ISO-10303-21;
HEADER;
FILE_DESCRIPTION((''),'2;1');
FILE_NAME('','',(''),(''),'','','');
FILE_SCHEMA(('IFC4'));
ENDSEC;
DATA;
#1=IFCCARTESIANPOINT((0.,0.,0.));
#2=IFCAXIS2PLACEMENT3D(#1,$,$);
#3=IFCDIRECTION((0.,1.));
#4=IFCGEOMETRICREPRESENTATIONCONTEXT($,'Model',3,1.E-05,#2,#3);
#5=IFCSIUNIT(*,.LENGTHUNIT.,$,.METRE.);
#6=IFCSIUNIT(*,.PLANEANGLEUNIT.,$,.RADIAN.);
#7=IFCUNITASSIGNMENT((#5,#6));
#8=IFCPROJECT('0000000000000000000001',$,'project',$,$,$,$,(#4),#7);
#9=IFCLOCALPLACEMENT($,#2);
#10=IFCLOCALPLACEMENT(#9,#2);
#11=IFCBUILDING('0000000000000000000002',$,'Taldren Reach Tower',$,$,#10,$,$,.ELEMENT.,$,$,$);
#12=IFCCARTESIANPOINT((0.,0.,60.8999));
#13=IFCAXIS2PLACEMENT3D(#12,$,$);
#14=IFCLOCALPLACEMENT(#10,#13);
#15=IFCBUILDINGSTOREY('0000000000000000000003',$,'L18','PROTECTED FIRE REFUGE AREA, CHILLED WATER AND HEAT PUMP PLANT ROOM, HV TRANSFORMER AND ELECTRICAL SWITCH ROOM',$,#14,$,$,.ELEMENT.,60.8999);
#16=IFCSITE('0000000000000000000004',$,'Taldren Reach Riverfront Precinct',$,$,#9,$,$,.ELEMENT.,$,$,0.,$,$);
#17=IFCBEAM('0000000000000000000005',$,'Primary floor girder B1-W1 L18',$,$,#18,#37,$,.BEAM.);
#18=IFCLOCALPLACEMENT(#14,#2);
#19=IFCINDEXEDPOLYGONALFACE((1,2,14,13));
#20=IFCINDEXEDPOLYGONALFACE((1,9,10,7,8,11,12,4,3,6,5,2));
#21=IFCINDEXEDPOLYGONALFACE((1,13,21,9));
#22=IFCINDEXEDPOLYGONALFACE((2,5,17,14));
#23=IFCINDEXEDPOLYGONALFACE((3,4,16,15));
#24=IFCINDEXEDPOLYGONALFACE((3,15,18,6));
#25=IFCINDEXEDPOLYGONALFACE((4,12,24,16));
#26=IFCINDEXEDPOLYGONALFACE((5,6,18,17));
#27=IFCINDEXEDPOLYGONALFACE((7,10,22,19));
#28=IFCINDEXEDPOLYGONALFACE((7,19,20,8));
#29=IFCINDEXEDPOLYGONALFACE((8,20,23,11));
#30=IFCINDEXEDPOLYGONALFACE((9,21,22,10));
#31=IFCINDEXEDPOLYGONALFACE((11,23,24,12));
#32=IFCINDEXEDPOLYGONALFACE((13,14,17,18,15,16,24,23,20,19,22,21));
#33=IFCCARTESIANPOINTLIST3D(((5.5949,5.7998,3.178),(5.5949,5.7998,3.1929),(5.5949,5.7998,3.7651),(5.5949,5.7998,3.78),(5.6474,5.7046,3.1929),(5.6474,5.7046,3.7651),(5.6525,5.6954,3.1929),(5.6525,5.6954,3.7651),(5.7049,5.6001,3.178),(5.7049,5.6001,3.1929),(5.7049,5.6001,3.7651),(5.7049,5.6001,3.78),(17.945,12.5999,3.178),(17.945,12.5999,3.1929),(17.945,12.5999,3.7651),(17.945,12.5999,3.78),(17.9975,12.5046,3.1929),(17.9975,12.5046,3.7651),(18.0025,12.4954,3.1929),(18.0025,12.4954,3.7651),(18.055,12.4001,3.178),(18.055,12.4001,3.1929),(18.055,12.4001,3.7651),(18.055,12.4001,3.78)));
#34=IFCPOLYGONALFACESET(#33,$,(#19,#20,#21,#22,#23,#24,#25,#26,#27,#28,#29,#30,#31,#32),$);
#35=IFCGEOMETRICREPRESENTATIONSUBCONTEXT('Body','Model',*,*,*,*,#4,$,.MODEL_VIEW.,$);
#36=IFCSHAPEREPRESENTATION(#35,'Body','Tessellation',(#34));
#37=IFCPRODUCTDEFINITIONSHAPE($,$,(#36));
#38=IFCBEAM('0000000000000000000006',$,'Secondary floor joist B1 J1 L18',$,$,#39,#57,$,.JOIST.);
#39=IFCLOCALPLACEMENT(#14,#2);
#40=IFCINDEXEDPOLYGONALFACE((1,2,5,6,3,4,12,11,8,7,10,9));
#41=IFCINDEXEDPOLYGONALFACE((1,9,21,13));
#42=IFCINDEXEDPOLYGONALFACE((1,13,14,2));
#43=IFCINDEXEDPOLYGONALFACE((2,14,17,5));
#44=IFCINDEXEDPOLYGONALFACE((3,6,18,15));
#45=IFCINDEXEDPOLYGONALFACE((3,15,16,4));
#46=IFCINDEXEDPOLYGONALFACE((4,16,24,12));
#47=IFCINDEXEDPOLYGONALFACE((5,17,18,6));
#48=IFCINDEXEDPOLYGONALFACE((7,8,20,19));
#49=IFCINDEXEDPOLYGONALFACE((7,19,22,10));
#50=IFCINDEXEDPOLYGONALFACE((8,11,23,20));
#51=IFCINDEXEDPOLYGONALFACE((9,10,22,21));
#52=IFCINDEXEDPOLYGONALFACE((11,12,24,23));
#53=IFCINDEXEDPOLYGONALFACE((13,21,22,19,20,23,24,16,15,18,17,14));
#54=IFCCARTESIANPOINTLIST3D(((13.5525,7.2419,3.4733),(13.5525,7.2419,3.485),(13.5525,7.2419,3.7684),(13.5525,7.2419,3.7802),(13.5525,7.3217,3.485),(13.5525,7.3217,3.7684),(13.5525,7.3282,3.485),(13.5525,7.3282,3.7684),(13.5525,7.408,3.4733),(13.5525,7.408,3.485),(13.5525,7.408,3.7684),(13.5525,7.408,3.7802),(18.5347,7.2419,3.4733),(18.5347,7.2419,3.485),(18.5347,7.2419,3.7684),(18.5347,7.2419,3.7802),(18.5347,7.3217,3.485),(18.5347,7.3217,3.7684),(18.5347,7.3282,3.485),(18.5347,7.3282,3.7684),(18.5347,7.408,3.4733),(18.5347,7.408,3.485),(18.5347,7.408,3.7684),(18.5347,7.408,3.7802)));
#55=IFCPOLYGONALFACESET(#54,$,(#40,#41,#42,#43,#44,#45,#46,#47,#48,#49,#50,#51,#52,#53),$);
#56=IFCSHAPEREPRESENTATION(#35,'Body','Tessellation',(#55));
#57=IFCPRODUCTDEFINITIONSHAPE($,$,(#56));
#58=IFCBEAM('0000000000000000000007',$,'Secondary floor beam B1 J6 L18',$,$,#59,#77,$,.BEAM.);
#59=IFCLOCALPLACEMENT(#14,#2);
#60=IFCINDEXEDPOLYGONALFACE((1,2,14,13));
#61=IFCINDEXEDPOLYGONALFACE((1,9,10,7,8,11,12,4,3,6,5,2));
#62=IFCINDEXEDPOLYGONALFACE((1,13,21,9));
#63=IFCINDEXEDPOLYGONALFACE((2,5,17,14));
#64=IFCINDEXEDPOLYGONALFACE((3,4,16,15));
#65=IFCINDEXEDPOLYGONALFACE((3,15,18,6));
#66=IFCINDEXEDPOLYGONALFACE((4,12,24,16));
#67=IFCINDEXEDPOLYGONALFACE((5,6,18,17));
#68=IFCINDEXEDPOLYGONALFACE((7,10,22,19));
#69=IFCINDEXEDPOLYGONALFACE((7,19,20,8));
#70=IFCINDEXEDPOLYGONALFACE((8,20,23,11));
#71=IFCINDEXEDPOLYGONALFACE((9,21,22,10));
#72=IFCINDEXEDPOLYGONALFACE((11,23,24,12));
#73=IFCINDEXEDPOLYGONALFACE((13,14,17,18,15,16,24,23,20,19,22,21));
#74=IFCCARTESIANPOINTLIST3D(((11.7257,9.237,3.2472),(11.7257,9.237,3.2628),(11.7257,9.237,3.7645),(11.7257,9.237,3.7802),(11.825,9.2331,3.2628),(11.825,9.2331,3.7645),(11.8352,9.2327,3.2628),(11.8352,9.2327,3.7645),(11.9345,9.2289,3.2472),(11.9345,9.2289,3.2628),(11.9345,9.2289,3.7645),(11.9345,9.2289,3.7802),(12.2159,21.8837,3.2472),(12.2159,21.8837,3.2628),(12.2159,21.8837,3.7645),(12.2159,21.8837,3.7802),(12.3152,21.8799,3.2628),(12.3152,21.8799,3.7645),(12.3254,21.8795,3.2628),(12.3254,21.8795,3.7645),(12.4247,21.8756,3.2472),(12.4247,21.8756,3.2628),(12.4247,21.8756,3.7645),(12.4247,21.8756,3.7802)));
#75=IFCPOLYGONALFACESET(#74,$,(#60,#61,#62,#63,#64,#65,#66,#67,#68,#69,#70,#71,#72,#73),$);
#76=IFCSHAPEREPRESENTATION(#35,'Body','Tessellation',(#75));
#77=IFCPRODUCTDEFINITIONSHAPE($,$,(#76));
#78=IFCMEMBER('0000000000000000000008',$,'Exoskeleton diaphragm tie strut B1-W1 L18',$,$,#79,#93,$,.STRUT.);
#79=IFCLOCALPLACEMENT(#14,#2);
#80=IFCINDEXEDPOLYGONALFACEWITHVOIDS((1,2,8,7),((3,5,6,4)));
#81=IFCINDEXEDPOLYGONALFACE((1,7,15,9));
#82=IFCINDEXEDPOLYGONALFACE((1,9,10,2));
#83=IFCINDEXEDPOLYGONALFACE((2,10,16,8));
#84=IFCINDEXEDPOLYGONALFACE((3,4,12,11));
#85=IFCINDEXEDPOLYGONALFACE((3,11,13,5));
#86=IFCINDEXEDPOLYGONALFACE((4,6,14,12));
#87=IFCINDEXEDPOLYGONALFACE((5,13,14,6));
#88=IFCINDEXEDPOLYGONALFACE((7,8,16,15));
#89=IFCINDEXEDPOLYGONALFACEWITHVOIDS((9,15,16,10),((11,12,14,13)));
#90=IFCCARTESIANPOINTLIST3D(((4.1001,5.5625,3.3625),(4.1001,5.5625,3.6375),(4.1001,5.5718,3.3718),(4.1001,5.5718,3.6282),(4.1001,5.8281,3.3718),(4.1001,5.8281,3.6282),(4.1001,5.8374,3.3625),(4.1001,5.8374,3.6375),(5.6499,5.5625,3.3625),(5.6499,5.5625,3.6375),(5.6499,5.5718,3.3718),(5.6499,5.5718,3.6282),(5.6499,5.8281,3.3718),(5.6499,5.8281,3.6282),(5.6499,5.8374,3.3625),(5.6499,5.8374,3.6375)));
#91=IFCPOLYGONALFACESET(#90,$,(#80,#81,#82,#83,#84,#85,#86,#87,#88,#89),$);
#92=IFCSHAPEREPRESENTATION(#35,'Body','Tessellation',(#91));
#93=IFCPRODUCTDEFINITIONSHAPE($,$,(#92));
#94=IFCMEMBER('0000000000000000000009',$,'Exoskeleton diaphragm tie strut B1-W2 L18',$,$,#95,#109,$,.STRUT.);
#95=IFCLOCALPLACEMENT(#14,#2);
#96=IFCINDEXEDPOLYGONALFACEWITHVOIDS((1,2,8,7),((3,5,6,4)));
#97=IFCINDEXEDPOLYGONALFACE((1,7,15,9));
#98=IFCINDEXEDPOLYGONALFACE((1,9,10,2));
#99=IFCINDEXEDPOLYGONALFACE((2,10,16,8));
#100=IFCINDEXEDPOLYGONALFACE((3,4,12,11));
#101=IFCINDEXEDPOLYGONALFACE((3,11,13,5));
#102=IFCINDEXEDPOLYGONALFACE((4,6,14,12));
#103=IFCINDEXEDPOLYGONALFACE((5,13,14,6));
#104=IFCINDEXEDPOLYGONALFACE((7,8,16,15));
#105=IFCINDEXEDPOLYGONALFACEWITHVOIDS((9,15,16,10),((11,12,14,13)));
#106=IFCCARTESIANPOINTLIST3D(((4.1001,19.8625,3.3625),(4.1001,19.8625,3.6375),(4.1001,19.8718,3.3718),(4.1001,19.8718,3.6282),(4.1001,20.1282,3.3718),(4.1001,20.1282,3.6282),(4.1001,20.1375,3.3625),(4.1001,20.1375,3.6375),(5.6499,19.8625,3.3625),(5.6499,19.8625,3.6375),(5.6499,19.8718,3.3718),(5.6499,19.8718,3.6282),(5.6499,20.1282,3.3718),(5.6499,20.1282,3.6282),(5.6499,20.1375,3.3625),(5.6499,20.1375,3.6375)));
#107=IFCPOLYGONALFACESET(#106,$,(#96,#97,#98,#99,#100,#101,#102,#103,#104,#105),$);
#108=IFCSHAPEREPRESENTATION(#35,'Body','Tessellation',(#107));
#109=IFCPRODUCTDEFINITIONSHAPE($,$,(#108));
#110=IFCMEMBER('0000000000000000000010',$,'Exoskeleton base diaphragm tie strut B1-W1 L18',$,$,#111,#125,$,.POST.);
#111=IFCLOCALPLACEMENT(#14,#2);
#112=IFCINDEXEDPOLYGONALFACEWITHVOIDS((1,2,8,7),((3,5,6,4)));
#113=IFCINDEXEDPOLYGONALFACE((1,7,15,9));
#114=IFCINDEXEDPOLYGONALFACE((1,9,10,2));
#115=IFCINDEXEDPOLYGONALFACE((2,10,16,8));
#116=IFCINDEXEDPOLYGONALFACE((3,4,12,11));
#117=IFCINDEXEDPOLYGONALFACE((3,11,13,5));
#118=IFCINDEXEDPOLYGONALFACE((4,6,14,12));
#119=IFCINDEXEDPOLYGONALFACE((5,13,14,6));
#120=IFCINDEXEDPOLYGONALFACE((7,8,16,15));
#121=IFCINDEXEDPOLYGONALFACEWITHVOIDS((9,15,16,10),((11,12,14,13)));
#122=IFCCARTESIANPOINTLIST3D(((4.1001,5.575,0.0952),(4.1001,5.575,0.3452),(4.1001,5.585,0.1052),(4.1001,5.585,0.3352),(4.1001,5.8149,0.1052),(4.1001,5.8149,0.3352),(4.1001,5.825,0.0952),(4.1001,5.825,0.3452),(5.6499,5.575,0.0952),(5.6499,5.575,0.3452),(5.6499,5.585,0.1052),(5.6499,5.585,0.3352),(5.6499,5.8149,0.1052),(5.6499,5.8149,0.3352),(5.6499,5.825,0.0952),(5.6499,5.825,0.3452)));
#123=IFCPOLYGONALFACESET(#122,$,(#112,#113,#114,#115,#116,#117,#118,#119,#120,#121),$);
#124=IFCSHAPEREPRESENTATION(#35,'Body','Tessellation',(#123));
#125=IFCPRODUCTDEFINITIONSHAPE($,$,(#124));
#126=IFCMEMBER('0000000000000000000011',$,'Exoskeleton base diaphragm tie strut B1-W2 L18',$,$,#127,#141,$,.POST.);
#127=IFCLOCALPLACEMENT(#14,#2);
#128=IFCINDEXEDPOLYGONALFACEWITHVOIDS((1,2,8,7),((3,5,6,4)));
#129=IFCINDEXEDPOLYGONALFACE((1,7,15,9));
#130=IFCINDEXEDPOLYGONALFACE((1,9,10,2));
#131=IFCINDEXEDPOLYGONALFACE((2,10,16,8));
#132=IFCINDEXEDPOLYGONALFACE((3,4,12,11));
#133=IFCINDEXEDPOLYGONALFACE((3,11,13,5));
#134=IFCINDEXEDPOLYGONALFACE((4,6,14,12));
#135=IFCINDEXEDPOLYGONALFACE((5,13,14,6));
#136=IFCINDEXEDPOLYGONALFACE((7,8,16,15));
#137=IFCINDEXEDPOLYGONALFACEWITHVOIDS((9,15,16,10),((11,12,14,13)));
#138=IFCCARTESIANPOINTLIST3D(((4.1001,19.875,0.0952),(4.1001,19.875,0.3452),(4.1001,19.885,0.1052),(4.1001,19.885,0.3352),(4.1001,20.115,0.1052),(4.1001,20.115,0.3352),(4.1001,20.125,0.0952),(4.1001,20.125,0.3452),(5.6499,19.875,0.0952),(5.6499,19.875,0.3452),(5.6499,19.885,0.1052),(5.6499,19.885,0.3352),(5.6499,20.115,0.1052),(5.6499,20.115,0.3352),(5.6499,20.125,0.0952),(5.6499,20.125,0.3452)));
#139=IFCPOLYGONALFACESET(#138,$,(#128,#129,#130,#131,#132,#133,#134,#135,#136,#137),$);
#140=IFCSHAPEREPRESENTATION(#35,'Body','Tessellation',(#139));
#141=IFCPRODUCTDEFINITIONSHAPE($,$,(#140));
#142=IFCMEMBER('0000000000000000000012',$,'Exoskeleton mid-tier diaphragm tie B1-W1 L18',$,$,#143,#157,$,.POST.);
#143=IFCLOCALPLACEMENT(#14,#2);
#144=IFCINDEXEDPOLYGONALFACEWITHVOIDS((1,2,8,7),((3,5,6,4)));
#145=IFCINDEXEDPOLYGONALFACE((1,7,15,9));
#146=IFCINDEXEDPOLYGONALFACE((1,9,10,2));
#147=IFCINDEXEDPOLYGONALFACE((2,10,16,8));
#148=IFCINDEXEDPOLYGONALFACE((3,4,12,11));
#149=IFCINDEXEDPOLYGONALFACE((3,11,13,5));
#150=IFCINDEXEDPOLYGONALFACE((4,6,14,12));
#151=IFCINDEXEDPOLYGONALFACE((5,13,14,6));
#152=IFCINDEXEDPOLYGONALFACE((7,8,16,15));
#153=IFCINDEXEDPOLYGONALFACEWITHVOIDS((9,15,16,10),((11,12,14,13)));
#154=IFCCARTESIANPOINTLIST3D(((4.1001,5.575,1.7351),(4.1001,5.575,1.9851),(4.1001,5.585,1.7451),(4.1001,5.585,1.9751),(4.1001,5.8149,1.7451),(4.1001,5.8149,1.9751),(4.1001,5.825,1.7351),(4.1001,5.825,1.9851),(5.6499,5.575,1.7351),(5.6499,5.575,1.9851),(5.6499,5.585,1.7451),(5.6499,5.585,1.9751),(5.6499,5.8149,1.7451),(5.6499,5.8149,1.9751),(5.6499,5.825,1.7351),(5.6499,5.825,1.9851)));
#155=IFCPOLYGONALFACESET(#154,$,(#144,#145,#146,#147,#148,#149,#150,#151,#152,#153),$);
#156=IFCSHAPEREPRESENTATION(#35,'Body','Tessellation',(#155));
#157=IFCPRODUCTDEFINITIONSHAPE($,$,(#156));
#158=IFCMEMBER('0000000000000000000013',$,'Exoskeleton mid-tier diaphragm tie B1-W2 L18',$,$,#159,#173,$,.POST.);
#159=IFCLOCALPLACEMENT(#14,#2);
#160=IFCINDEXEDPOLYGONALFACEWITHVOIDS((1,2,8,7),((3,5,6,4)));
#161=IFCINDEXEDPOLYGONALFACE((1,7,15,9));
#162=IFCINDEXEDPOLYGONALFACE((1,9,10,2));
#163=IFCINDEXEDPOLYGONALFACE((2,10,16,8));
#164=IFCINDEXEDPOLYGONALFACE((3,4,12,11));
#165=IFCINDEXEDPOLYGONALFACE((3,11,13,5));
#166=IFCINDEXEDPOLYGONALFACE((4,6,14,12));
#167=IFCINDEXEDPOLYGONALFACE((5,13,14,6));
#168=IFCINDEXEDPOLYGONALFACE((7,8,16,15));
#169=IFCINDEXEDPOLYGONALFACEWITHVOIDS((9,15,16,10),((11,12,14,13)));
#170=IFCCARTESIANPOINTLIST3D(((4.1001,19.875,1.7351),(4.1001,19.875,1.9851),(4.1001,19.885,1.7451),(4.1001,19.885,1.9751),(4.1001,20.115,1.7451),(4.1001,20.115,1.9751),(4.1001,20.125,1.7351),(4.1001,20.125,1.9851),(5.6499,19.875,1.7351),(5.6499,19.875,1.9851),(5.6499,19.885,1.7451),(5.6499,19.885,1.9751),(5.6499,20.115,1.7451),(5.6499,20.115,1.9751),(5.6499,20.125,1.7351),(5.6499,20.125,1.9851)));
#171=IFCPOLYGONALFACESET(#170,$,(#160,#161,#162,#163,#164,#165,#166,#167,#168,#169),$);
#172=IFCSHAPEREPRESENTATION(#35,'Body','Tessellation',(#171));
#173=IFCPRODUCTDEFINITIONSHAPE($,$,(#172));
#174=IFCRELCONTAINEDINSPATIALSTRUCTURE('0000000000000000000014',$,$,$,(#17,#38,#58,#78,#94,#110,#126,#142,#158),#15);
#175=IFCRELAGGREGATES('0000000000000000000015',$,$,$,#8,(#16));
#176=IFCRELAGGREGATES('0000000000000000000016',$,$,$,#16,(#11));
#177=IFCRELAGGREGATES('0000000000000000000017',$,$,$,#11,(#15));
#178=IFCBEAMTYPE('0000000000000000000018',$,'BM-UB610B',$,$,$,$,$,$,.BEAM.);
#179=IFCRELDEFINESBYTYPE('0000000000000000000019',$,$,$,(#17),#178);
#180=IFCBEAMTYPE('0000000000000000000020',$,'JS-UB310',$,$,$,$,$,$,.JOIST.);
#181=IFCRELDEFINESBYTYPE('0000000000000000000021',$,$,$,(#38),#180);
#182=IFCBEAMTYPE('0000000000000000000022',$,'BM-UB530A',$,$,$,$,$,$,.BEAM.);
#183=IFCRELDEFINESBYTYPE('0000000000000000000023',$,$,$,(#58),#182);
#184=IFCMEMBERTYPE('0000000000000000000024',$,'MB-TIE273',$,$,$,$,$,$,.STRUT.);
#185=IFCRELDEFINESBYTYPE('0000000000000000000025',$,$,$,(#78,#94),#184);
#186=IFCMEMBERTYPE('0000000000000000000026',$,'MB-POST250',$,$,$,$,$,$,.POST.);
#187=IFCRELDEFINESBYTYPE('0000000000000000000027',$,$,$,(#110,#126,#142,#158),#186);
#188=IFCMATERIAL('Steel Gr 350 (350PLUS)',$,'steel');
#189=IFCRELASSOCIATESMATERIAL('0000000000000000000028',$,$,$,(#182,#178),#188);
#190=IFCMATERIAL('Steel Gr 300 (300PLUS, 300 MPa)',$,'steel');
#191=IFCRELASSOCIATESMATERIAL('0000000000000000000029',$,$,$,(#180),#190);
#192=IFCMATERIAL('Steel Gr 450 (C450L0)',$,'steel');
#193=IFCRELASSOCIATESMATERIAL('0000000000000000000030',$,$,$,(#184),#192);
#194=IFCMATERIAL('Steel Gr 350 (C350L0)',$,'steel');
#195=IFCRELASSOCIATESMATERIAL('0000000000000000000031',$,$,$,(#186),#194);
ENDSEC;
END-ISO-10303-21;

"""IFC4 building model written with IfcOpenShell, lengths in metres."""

from ifc_helpers import new_model, si_unit, direction, frame, origin, origin_2d, place, context, subcontext, project, spatial, hollow_rectangle, i_section, extrude, source, transform, mapped, material, material_profile, profile_set, type_object, element, save


model = new_model("IFC4")

# Units and contexts
model_context = context("Model", 3, precision=1e-05, world=origin(), true_north=direction((0.0, 1.0)))
body_context = subcontext(model_context, "Body", "Model", "MODEL_VIEW")
ifc_project = project(units=[si_unit("LENGTHUNIT", "METRE"), si_unit("PLANEANGLEUNIT", "RADIAN")], contexts=[model_context])

# Site, building, storey
site_placement = place(None, origin())
site = spatial("IfcSite", under=ifc_project, at=site_placement, Name="Taldren Reach Riverfront Precinct", CompositionType="ELEMENT", RefElevation=0.0)
building_placement = place(site_placement, origin())
building = spatial("IfcBuilding", under=site, at=building_placement, Name="Taldren Reach Tower", CompositionType="ELEMENT")
storey_placement = place(building_placement, frame((0.0, 0.0, 60.8999)))
storey = spatial("IfcBuildingStorey", under=building, at=storey_placement, Name="L18", Description="PROTECTED FIRE REFUGE AREA, CHILLED WATER AND HEAT PUMP PLANT ROOM, HV TRANSFORMER AND ELECTRICAL SWITCH ROOM", CompositionType="ELEMENT", Elevation=60.8999)

# Shared definitions
ifc_material_1 = material(Name="Steel Gr 350 (350PLUS)", Category="steel")

# Beams
ifc_material_profile_1 = material_profile(ifc_material_1, i_section(OverallWidth=0.209, OverallDepth=0.533, WebThickness=0.0103, FlangeThickness=0.0156, at=origin_2d()), Name="530UB92.4")
ifc_profile_set_1 = profile_set([ifc_material_profile_1], Name="Steel Gr 350 (350PLUS)")
beam_type_1 = type_object("IfcBeamType", Name="BM-UB530A", PredefinedType="BEAM", material=ifc_profile_set_1)
ifc_material_profile_2 = material_profile(ifc_material_1, i_section(OverallWidth=0.228, OverallDepth=0.6021, WebThickness=0.0105, FlangeThickness=0.0149, at=origin_2d()), Name="610UB101")
ifc_profile_set_2 = profile_set([ifc_material_profile_2], Name="Steel Gr 350 (350PLUS)")
beam_type_2 = type_object("IfcBeamType", Name="BM-UB610B", PredefinedType="BEAM", material=ifc_profile_set_2)
shared_shape_1 = source(origin(), body_context, "Body", "SweptSolid", [
    extrude(i_section(OverallWidth=0.228, OverallDepth=0.6021, WebThickness=0.0105, FlangeThickness=0.0149, at=origin_2d()), origin(), (0.0, 0.0, 1.0), 14.0984),
])
beam_1_placement = place(storey_placement, frame((18.0, 12.5, 3.479), z_axis=(-0.875991, -0.482327, 0.0), x_axis=(0.482327, -0.875991, 0.0)))
element("IfcBeam", 1, at=beam_1_placement, inside=storey, type_object=beam_type_2, Name="Primary floor girder B1-W1 L18", PredefinedType="BEAM", context=body_context, shape_type="MappedRepresentation", body=[
    mapped(shared_shape_1, transform((0.0, 0.0, 0.0), scale=1.0)),
])
ifc_material_2 = material(Name="Steel Gr 300 (300PLUS, 300 MPa)", Category="steel")
ifc_material_profile_3 = material_profile(ifc_material_2, i_section(OverallWidth=0.166, OverallDepth=0.3069, WebThickness=0.0066, FlangeThickness=0.0117, at=origin_2d()), Name="310UB46.2")
ifc_profile_set_3 = profile_set([ifc_material_profile_3], Name="Steel Gr 300 (300PLUS, 300 MPa)")
beam_type_3 = type_object("IfcBeamType", Name="JS-UB310", PredefinedType="JOIST", material=ifc_profile_set_3)
shared_shape_2 = source(origin(), body_context, "Body", "SweptSolid", [
    extrude(i_section(OverallWidth=0.166, OverallDepth=0.3069, WebThickness=0.0066, FlangeThickness=0.0117, at=origin_2d()), origin(), (0.0, 0.0, 1.0), 4.9822),
])
beam_2_placement = place(storey_placement, frame((13.5525, 7.325, 3.6267), z_axis=(1.0, 0.0, 0.0), x_axis=(0.0, 1.0, 0.0)))
element("IfcBeam", 2, at=beam_2_placement, inside=storey, type_object=beam_type_3, Name="Secondary floor joist B1 J1 L18", PredefinedType="JOIST", context=body_context, shape_type="MappedRepresentation", body=[
    mapped(shared_shape_2, transform((0.0, 0.0, 0.0), scale=1.0)),
])
shared_shape_3 = source(origin(), body_context, "Body", "SweptSolid", [
    extrude(i_section(OverallWidth=0.209, OverallDepth=0.533, WebThickness=0.0103, FlangeThickness=0.0156, at=origin_2d()), origin(), (0.0, 0.0, 1.0), 12.6562),
])
beam_3_placement = place(storey_placement, frame((11.8301, 9.2329, 3.5137), z_axis=(0.038735, 0.99925, 0.0), x_axis=(-0.99925, 0.038735, 0.0)))
element("IfcBeam", 3, at=beam_3_placement, inside=storey, type_object=beam_type_1, Name="Secondary floor beam B1 J6 L18", PredefinedType="BEAM", context=body_context, shape_type="MappedRepresentation", body=[
    mapped(shared_shape_3, transform((0.0, 0.0, 0.0), scale=1.0)),
])

# Members
ifc_material_3 = material(Name="Steel Gr 450 (C450L0)", Category="steel")
ifc_material_profile_4 = material_profile(ifc_material_3, hollow_rectangle(XDim=0.2749, YDim=0.2749, WallThickness=0.0093, at=origin_2d()), Name="275x275x9.3SHS")
ifc_profile_set_4 = profile_set([ifc_material_profile_4], Name="Steel Gr 450 (C450L0)")
member_type_1 = type_object("IfcMemberType", Name="MB-TIE273", PredefinedType="STRUT", material=ifc_profile_set_4)
shared_shape_4 = source(origin(), body_context, "Body", "SweptSolid", [
    extrude(hollow_rectangle(XDim=0.2749, YDim=0.2749, WallThickness=0.0093, at=origin_2d()), origin(), (0.0, 0.0, 1.0), 1.5498),
])
for number, where, z_axis, x_axis, name in (
    (4, (5.6499, 5.7, 3.5), (-1.0, 0.0, 0.0), (0.0, -1.0, 0.0), "Exoskeleton diaphragm tie strut B1-W1 L18"),
    (5, (5.6499, 20.0, 3.5), (-1.0, 0.0, 0.0), (0.0, -1.0, 0.0), "Exoskeleton diaphragm tie strut B1-W2 L18"),
):
    element("IfcMember", number, at=place(storey_placement, frame(where, z_axis=z_axis, x_axis=x_axis)), inside=storey, type_object=member_type_1, Name=name, PredefinedType="STRUT", context=body_context, shape_type="MappedRepresentation", body=[
        mapped(shared_shape_4, transform((0.0, 0.0, 0.0), scale=1.0)),
    ])
ifc_material_4 = material(Name="Steel Gr 350 (C350L0)", Category="steel")
ifc_material_profile_5 = material_profile(ifc_material_4, hollow_rectangle(XDim=0.25, YDim=0.25, WallThickness=0.01, at=origin_2d()), Name="250x250x10.0SHS")
ifc_profile_set_5 = profile_set([ifc_material_profile_5], Name="Steel Gr 350 (C350L0)")
member_type_2 = type_object("IfcMemberType", Name="MB-POST250", PredefinedType="POST", material=ifc_profile_set_5)
shared_shape_5 = source(origin(), body_context, "Body", "SweptSolid", [
    extrude(hollow_rectangle(XDim=0.25, YDim=0.25, WallThickness=0.01, at=origin_2d()), origin(), (0.0, 0.0, 1.0), 1.5498),
])
for number, where, z_axis, x_axis, name in (
    (6, (5.6499, 5.7, 0.2202), (-1.0, 0.0, 0.0), (0.0, -1.0, 0.0), "Exoskeleton base diaphragm tie strut B1-W1 L18"),
    (7, (5.6499, 20.0, 0.2202), (-1.0, 0.0, 0.0), (0.0, -1.0, 0.0), "Exoskeleton base diaphragm tie strut B1-W2 L18"),
    (8, (5.6499, 5.7, 1.8601), (-1.0, 0.0, 0.0), (0.0, -1.0, 0.0), "Exoskeleton mid-tier diaphragm tie B1-W1 L18"),
    (9, (5.6499, 20.0, 1.8601), (-1.0, 0.0, 0.0), (0.0, -1.0, 0.0), "Exoskeleton mid-tier diaphragm tie B1-W2 L18"),
):
    element("IfcMember", number, at=place(storey_placement, frame(where, z_axis=z_axis, x_axis=x_axis)), inside=storey, type_object=member_type_2, Name=name, PredefinedType="POST", context=body_context, shape_type="MappedRepresentation", body=[
        mapped(shared_shape_5, transform((0.0, 0.0, 0.0), scale=1.0)),
    ])

save(model, "model.ifc")
